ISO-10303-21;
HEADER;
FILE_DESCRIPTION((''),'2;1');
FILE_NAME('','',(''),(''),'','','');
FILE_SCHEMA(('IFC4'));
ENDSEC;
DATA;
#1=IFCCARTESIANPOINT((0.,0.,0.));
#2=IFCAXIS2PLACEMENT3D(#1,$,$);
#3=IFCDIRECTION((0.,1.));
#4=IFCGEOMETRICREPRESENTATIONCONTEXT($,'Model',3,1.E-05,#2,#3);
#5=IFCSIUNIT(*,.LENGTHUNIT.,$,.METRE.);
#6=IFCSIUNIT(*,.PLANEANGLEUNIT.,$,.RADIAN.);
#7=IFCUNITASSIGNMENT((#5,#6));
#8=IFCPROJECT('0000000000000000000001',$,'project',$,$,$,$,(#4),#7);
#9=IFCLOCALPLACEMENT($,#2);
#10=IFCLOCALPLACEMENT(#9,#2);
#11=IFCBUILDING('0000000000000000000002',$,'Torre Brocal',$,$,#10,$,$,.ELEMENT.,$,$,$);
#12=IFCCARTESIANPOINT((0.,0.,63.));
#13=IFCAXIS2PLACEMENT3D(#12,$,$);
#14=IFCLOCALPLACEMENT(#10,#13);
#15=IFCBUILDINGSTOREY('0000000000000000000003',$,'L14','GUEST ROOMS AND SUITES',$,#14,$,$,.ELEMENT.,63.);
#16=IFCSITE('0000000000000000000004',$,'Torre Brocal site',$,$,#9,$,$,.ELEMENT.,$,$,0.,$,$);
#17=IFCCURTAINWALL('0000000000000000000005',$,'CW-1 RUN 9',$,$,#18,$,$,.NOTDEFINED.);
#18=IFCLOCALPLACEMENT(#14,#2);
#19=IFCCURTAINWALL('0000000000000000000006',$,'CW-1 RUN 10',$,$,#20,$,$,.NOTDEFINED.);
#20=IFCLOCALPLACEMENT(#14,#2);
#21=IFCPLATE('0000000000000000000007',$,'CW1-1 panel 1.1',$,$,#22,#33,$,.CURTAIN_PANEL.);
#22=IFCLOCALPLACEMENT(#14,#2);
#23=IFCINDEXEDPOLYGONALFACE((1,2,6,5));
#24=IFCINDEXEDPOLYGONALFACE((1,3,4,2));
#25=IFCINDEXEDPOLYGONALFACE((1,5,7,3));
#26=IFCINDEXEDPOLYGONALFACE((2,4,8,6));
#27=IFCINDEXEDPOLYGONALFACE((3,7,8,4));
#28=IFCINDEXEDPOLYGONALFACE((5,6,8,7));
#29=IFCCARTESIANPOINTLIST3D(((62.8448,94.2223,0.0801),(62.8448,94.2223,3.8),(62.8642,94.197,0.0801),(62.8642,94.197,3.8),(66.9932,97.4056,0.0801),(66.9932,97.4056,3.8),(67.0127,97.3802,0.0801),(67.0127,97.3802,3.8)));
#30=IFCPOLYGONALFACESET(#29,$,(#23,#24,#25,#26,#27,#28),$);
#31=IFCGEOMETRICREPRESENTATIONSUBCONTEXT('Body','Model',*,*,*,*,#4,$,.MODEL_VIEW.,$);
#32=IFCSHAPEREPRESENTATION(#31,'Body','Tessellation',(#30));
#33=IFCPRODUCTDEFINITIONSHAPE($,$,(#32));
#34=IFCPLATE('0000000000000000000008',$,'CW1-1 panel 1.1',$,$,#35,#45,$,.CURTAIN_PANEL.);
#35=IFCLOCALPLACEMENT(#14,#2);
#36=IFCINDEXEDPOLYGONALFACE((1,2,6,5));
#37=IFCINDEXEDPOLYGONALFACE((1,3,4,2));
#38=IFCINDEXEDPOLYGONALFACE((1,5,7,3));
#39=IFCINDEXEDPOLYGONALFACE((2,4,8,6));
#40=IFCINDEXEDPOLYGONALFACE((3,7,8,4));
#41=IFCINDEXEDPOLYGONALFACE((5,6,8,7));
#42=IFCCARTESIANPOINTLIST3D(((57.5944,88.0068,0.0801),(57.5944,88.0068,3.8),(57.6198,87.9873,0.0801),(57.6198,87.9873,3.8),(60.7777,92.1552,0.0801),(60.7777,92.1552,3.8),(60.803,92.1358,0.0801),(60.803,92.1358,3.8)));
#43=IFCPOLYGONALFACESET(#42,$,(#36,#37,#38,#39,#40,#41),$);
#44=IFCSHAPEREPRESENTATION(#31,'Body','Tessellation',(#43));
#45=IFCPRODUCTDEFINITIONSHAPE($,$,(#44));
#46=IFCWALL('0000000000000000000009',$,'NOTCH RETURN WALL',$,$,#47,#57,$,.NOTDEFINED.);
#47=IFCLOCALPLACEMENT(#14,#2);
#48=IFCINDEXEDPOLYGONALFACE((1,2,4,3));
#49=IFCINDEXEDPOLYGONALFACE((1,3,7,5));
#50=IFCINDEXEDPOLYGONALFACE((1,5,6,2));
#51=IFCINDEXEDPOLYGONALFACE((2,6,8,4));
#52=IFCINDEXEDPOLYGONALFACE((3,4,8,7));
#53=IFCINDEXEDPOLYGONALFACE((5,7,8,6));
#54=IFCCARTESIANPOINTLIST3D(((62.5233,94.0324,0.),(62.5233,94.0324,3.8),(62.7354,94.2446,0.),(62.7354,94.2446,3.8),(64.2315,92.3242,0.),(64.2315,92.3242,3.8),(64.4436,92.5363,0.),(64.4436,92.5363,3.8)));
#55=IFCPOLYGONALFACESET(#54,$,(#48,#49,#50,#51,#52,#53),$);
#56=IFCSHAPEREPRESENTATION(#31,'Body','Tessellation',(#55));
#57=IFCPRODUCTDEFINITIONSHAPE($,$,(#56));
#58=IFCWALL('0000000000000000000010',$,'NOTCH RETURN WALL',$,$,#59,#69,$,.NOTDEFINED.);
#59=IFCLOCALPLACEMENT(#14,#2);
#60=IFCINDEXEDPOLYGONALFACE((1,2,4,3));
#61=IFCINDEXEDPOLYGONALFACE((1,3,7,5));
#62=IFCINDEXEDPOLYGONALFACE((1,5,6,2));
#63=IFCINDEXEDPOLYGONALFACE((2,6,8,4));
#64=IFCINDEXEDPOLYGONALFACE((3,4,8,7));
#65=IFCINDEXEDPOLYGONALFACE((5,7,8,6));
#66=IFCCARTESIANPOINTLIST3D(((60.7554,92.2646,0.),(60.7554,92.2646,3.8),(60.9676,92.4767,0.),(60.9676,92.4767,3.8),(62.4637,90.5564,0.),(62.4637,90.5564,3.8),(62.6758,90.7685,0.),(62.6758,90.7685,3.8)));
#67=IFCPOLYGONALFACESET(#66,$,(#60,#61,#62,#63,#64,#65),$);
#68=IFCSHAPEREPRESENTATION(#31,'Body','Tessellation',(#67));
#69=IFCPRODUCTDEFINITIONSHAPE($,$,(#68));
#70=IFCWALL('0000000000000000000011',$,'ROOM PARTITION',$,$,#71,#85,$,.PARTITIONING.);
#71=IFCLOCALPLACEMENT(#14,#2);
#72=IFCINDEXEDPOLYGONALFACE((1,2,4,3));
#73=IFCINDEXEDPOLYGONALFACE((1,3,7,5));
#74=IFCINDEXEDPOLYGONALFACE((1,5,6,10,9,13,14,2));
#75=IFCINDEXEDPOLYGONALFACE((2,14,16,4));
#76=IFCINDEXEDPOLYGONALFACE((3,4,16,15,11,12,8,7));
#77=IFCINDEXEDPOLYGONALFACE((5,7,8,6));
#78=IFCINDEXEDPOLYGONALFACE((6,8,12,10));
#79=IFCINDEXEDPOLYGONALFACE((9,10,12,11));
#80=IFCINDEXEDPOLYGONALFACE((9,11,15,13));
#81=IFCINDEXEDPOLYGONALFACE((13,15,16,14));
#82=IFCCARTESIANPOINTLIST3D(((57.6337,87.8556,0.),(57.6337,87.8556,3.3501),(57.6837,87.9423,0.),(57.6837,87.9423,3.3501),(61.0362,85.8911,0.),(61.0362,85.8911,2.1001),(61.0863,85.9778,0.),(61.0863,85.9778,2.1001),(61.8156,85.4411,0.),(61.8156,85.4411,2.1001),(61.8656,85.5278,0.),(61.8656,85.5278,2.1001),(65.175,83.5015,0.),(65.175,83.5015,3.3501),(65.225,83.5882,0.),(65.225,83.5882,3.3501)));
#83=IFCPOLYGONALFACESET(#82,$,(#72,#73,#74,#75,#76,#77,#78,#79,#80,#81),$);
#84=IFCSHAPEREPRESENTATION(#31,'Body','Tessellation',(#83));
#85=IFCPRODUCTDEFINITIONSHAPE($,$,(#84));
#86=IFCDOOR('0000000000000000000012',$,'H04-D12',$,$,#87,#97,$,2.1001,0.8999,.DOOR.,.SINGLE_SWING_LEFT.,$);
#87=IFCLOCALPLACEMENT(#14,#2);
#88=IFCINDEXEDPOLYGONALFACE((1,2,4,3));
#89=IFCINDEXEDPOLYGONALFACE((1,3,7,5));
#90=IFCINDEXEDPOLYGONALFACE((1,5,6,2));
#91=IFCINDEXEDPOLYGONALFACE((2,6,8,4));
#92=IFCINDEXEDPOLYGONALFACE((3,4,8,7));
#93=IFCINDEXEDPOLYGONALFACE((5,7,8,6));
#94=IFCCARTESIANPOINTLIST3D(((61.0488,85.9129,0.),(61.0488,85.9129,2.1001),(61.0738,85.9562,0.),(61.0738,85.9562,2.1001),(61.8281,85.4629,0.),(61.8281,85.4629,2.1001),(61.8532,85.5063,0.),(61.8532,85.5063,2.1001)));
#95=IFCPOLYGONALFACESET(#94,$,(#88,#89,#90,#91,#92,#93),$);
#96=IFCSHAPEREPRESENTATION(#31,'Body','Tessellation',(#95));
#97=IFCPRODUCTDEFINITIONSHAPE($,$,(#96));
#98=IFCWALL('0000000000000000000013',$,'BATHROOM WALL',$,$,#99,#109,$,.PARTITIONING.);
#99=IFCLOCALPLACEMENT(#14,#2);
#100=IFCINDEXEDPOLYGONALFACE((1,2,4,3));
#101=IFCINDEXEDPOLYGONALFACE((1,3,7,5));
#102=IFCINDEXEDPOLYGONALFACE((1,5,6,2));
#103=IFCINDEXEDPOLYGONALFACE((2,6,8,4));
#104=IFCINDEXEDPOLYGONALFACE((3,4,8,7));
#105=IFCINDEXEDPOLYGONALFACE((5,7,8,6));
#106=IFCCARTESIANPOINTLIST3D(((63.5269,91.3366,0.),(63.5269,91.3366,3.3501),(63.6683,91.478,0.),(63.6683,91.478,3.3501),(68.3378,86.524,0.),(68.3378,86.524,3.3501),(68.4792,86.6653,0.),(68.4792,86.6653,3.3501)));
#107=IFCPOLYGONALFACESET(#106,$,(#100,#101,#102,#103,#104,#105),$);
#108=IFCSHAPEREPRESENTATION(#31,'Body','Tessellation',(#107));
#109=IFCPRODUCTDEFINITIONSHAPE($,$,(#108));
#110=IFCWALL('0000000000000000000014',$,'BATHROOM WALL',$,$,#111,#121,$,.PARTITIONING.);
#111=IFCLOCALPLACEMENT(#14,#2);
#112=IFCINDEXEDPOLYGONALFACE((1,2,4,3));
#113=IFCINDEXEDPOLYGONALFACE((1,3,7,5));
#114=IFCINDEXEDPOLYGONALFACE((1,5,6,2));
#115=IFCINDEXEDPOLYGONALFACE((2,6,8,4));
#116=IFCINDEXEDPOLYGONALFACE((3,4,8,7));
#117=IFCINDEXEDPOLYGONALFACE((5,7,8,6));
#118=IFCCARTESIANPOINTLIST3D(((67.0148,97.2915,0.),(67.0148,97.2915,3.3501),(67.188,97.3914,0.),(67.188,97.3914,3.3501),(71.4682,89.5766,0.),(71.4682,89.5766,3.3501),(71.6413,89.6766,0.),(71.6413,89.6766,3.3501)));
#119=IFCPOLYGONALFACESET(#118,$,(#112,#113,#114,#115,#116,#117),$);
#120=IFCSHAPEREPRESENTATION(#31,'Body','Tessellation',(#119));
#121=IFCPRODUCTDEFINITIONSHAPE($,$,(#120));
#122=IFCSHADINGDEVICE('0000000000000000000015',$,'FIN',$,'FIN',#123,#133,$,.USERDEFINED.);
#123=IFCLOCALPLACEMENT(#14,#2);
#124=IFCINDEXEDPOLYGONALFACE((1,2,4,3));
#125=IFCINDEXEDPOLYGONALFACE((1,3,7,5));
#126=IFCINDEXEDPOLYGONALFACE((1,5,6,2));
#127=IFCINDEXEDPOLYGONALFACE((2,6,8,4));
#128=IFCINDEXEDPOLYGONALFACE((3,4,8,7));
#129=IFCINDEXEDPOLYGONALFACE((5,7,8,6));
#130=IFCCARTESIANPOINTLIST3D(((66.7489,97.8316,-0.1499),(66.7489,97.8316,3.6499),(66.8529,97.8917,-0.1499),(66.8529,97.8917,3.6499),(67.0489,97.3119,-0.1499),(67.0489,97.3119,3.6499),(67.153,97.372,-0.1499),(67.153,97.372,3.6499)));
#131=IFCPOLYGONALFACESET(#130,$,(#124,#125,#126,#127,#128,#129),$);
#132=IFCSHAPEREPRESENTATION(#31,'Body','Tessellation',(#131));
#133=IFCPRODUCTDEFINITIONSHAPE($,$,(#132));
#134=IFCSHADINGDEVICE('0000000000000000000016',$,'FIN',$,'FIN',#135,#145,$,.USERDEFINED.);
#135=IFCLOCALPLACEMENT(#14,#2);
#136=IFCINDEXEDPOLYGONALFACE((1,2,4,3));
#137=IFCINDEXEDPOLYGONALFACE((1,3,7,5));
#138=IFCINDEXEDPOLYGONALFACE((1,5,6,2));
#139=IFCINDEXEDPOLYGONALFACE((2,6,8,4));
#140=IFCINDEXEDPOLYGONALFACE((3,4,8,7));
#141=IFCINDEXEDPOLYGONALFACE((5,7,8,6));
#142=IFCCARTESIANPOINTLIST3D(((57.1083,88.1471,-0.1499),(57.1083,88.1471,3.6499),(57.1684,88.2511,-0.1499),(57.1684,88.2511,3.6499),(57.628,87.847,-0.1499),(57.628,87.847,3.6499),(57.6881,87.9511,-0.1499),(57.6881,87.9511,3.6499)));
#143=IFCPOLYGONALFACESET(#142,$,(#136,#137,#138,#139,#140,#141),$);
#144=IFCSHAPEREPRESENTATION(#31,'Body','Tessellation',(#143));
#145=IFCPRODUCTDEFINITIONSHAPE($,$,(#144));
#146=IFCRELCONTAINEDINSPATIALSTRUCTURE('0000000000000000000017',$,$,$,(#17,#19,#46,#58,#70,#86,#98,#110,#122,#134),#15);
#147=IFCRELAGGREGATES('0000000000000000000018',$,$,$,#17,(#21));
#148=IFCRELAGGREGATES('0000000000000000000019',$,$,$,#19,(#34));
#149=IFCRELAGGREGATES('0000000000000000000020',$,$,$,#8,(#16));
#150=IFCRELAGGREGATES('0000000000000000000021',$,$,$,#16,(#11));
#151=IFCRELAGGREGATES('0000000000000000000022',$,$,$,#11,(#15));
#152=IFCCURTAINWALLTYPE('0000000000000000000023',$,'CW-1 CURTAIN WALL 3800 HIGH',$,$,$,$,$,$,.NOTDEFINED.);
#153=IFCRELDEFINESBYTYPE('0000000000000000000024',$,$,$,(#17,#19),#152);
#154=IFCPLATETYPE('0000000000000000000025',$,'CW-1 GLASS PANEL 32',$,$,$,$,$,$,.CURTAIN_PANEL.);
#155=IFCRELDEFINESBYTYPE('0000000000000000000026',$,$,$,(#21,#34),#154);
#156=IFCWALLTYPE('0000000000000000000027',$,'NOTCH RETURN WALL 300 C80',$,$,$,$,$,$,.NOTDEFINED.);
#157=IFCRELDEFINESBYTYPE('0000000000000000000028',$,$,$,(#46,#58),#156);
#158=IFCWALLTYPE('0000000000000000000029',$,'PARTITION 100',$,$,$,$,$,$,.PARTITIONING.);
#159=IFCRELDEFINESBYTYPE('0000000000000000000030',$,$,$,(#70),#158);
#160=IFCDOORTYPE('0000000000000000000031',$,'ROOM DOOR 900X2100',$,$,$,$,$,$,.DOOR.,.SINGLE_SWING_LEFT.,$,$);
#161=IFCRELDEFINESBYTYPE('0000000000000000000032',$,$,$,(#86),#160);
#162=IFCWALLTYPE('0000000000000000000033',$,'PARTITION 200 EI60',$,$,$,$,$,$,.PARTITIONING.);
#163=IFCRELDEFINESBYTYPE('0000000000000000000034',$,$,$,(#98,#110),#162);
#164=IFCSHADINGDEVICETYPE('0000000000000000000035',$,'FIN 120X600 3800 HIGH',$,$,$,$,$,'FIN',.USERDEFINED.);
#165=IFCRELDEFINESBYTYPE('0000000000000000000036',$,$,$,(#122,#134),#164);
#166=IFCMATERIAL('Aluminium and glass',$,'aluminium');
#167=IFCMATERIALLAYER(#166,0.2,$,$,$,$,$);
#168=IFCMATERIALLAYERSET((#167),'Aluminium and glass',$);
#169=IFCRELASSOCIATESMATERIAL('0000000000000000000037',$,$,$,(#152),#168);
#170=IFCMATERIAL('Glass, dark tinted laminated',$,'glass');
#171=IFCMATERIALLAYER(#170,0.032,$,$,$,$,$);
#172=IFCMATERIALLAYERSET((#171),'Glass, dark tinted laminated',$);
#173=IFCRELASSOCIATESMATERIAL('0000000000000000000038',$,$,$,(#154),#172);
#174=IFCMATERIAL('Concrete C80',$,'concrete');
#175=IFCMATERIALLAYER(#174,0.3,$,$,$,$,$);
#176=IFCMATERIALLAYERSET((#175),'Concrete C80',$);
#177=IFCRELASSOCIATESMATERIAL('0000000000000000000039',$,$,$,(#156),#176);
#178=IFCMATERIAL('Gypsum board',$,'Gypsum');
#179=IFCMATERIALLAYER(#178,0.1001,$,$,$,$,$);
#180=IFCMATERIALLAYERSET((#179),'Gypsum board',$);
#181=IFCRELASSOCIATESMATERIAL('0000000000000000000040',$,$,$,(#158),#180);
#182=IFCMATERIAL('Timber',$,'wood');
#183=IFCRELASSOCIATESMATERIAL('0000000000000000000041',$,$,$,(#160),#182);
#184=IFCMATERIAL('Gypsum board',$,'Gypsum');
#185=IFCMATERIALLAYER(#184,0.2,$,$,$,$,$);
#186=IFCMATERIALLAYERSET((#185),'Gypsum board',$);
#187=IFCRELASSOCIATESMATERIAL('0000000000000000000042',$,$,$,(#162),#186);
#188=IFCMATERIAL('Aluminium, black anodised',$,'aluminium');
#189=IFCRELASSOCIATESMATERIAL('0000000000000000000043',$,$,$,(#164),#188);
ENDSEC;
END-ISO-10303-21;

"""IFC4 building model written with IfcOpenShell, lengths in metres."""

from ifc_helpers import new_model, si_unit, direction, frame, frame_2d, origin, origin_2d, place, context, subcontext, project, spatial, rectangle, extrude, material, layer, layer_set, material_profile, profile_set, type_object, element, fill, aggregate, save


model = new_model("IFC4")

# Units and contexts
model_context = context("Model", 3, precision=1e-05, world=origin(), true_north=direction((0.0, 1.0)))
body_context = subcontext(model_context, "Body", "Model", "MODEL_VIEW")
ifc_project = project(units=[si_unit("LENGTHUNIT", "METRE"), si_unit("PLANEANGLEUNIT", "RADIAN")], contexts=[model_context])

# Site, building, storey
site_placement = place(None, origin())
site = spatial("IfcSite", under=ifc_project, at=site_placement, Name="Torre Brocal site", CompositionType="ELEMENT", RefElevation=0.0)
building_placement = place(site_placement, origin())
building = spatial("IfcBuilding", under=site, at=building_placement, Name="Torre Brocal", CompositionType="ELEMENT")
storey_placement = place(building_placement, frame((0.0, 0.0, 63.0)))
storey = spatial("IfcBuildingStorey", under=building, at=storey_placement, Name="L14", Description="GUEST ROOMS AND SUITES", CompositionType="ELEMENT", Elevation=63.0)

# Shared definitions
ifc_material_1 = material(Name="Aluminium and glass", Category="aluminium")
ifc_layer_1 = layer(ifc_material_1, 0.2)
ifc_layer_set_1 = layer_set([ifc_layer_1], Name="Aluminium and glass")
curtain_wall_type = type_object("IfcCurtainWallType", Name="CW-1 CURTAIN WALL 3800 HIGH", PredefinedType="NOTDEFINED", material=ifc_layer_set_1)

# Curtain walls
curtain_wall_1_placement = place(storey_placement, origin())
curtain_wall_1 = element("IfcCurtainWall", 1, at=curtain_wall_1_placement, inside=storey, type_object=curtain_wall_type, Name="CW-1 RUN 9", PredefinedType="NOTDEFINED")
curtain_wall_2_placement = place(storey_placement, origin())
curtain_wall_2 = element("IfcCurtainWall", 2, at=curtain_wall_2_placement, inside=storey, type_object=curtain_wall_type, Name="CW-1 RUN 10", PredefinedType="NOTDEFINED")

# Plates
ifc_material_2 = material(Name="Glass, dark tinted laminated", Category="glass")
ifc_layer_2 = layer(ifc_material_2, 0.032)
ifc_layer_set_2 = layer_set([ifc_layer_2], Name="Glass, dark tinted laminated")
plate_type = type_object("IfcPlateType", Name="CW-1 GLASS PANEL 32", PredefinedType="CURTAIN_PANEL", material=ifc_layer_set_2)
plate_1_placement = place(storey_placement, frame((64.9287, 95.8013, 0.0801), z_axis=(0.0, 0.0, 1.0), x_axis=(-0.793353, -0.608761, 0.0)))
plate_1 = element("IfcPlate", 3, at=plate_1_placement, type_object=plate_type, Name="CW1-1 panel 1.1", PredefinedType="CURTAIN_PANEL", context=body_context, shape_type="SweptSolid", body=[
    extrude(rectangle(XDim=5.229, YDim=0.032, at=origin_2d()), origin(), (0.0, 0.0, 1.0), 3.72),
])
aggregate(curtain_wall_1, [plate_1])
plate_2_placement = place(storey_placement, frame((59.1987, 90.0713, 0.0801), z_axis=(0.0, 0.0, 1.0), x_axis=(-0.608761, -0.793353, 0.0)))
plate_2 = element("IfcPlate", 4, at=plate_2_placement, type_object=plate_type, Name="CW1-1 panel 1.1", PredefinedType="CURTAIN_PANEL", context=body_context, shape_type="SweptSolid", body=[
    extrude(rectangle(XDim=5.229, YDim=0.032, at=origin_2d()), origin(), (0.0, 0.0, 1.0), 3.72),
])
aggregate(curtain_wall_2, [plate_2])

# Walls
ifc_material_3 = material(Name="Concrete C80", Category="concrete")
ifc_layer_3 = layer(ifc_material_3, 0.3)
ifc_layer_set_3 = layer_set([ifc_layer_3], Name="Concrete C80")
wall_type_1 = type_object("IfcWallType", Name="NOTCH RETURN WALL 300 C80", PredefinedType="NOTDEFINED", material=ifc_layer_set_3)
for number, where, z_axis, x_axis, name in (
    (5, (64.3376, 92.4302, 0.0), (0.0, 0.0, 1.0), (-0.707107, 0.707107, 0.0), "NOTCH RETURN WALL"),
    (6, (62.5698, 90.6624, 0.0), (0.0, 0.0, 1.0), (-0.707107, 0.707107, 0.0), "NOTCH RETURN WALL"),
):
    element("IfcWall", number, at=place(storey_placement, frame(where, z_axis=z_axis, x_axis=x_axis)), inside=storey, type_object=wall_type_1, Name=name, PredefinedType="NOTDEFINED", context=body_context, shape_type="SweptSolid", body=[
        extrude(rectangle(XDim=2.4158, YDim=0.3, at=frame_2d((1.208, 0.0))), origin(), (0.0, 0.0, 1.0), 3.8),
    ])

# Wall, opening, door
ifc_material_4 = material(Name="Gypsum board", Category="Gypsum")
ifc_layer_4 = layer(ifc_material_4, 0.1001)
ifc_layer_set_4 = layer_set([ifc_layer_4], Name="Gypsum board")
wall_type_2 = type_object("IfcWallType", Name="PARTITION 100", PredefinedType="PARTITIONING", material=ifc_layer_set_4)
wall_1_placement = place(storey_placement, frame((57.6587, 87.8989, 0.0), z_axis=(0.0, 0.0, 1.0), x_axis=(0.866023, -0.500005, 0.0)))
wall_1 = element("IfcWall", 7, at=wall_1_placement, inside=storey, type_object=wall_type_2, Name="ROOM PARTITION", PredefinedType="PARTITIONING", context=body_context, shape_type="SweptSolid", body=[
    extrude(rectangle(XDim=8.708, YDim=0.1001, at=frame_2d((4.354, 0.0))), origin(), (0.0, 0.0, 1.0), 3.3501),
])
opening_placement = place(wall_1_placement, frame((3.929, 0.0, 0.0)))
opening = element("IfcOpeningElement", 8, at=opening_placement, cuts=wall_1, PredefinedType="OPENING", context=body_context, shape_type="SweptSolid", body=[
    extrude(rectangle(XDim=0.8999, YDim=2.1001, at=frame_2d((0.45, 1.05))), frame((0.0, 0.0601, 0.0), z_axis=(0.0, -1.0, 0.0), x_axis=(1.0, 0.0, 0.0)), (0.0, 0.0, 1.0), 0.1201),
])
ifc_material_5 = material(Name="Timber", Category="wood")
door_type = type_object("IfcDoorType", Name="ROOM DOOR 900X2100", OperationType="SINGLE_SWING_LEFT", PredefinedType="DOOR", material=ifc_material_5)
door_placement = place(opening_placement, frame((0.8999, 0.0, 0.0), z_axis=(0.0, 0.0, 1.0), x_axis=(-1.0, 0.0, 0.0)))
door = element("IfcDoor", 9, at=door_placement, inside=storey, type_object=door_type, Name="H04-D12", OperationType="SINGLE_SWING_LEFT", OverallHeight=2.1001, OverallWidth=0.8999, PredefinedType="DOOR", context=body_context, shape_type="SweptSolid", body=[
    extrude(rectangle(XDim=0.8999, YDim=2.1001, at=frame_2d((0.45, 1.05))), frame((0.0, 0.0249, 0.0), z_axis=(0.0, -1.0, 0.0), x_axis=(1.0, 0.0, 0.0)), (0.0, 0.0, 1.0), 0.05),
])
fill(opening, door)

# Walls
ifc_material_6 = material(Name="Gypsum board", Category="Gypsum")
ifc_layer_5 = layer(ifc_material_6, 0.2)
ifc_layer_set_5 = layer_set([ifc_layer_5], Name="Gypsum board")
wall_type_3 = type_object("IfcWallType", Name="PARTITION 200 EI60", PredefinedType="PARTITIONING", material=ifc_layer_set_5)
wall_2_placement = place(storey_placement, frame((63.5977, 91.4072, 0.0), z_axis=(0.0, 0.0, 1.0), x_axis=(0.706981, -0.707232, 0.0)))
element("IfcWall", 10, at=wall_2_placement, inside=storey, type_object=wall_type_3, Name="BATHROOM WALL", PredefinedType="PARTITIONING", context=body_context, shape_type="SweptSolid", body=[
    extrude(rectangle(XDim=6.8049, YDim=0.2, at=frame_2d((3.4023, 0.0))), origin(), (0.0, 0.0, 1.0), 3.3501),
])
wall_3_placement = place(storey_placement, frame((67.1013, 97.3416, 0.0), z_axis=(0.0, 0.0, 1.0), x_axis=(0.499933, -0.866064, 0.0)))
element("IfcWall", 11, at=wall_3_placement, inside=storey, type_object=wall_type_3, Name="BATHROOM WALL", PredefinedType="PARTITIONING", context=body_context, shape_type="SweptSolid", body=[
    extrude(rectangle(XDim=8.908, YDim=0.2, at=frame_2d((4.4541, 0.0))), origin(), (0.0, 0.0, 1.0), 3.3501),
])

# Shading devices
ifc_material_7 = material(Name="Aluminium, black anodised", Category="aluminium")
ifc_material_profile_1 = material_profile(ifc_material_7, rectangle(XDim=0.1201, YDim=0.6001, at=origin_2d()), Name="FIN 120X600 3800 HIGH")
ifc_profile_set_1 = profile_set([ifc_material_profile_1], Name="Aluminium, black anodised")
shading_device_type = type_object("IfcShadingDeviceType", Name="FIN 120X600 3800 HIGH", ElementType="FIN", PredefinedType="USERDEFINED", material=ifc_profile_set_1)
for number, where, z_axis, x_axis, name in (
    (12, (66.9509, 97.6018, -0.1499), (0.0, 0.0, 1.0), (-0.866025, -0.5, 0.0), "FIN"),
    (13, (57.3982, 88.0491, -0.1499), (0.0, 0.0, 1.0), (-0.5, -0.866025, 0.0), "FIN"),
):
    element("IfcShadingDevice", number, at=place(storey_placement, frame(where, z_axis=z_axis, x_axis=x_axis)), inside=storey, type_object=shading_device_type, Name=name, ObjectType="FIN", PredefinedType="USERDEFINED", context=body_context, shape_type="SweptSolid", body=[
        extrude(rectangle(XDim=0.1201, YDim=0.6001, at=origin_2d()), origin(), (0.0, 0.0, 1.0), 3.7998),
    ])

save(model, "model.ifc")
